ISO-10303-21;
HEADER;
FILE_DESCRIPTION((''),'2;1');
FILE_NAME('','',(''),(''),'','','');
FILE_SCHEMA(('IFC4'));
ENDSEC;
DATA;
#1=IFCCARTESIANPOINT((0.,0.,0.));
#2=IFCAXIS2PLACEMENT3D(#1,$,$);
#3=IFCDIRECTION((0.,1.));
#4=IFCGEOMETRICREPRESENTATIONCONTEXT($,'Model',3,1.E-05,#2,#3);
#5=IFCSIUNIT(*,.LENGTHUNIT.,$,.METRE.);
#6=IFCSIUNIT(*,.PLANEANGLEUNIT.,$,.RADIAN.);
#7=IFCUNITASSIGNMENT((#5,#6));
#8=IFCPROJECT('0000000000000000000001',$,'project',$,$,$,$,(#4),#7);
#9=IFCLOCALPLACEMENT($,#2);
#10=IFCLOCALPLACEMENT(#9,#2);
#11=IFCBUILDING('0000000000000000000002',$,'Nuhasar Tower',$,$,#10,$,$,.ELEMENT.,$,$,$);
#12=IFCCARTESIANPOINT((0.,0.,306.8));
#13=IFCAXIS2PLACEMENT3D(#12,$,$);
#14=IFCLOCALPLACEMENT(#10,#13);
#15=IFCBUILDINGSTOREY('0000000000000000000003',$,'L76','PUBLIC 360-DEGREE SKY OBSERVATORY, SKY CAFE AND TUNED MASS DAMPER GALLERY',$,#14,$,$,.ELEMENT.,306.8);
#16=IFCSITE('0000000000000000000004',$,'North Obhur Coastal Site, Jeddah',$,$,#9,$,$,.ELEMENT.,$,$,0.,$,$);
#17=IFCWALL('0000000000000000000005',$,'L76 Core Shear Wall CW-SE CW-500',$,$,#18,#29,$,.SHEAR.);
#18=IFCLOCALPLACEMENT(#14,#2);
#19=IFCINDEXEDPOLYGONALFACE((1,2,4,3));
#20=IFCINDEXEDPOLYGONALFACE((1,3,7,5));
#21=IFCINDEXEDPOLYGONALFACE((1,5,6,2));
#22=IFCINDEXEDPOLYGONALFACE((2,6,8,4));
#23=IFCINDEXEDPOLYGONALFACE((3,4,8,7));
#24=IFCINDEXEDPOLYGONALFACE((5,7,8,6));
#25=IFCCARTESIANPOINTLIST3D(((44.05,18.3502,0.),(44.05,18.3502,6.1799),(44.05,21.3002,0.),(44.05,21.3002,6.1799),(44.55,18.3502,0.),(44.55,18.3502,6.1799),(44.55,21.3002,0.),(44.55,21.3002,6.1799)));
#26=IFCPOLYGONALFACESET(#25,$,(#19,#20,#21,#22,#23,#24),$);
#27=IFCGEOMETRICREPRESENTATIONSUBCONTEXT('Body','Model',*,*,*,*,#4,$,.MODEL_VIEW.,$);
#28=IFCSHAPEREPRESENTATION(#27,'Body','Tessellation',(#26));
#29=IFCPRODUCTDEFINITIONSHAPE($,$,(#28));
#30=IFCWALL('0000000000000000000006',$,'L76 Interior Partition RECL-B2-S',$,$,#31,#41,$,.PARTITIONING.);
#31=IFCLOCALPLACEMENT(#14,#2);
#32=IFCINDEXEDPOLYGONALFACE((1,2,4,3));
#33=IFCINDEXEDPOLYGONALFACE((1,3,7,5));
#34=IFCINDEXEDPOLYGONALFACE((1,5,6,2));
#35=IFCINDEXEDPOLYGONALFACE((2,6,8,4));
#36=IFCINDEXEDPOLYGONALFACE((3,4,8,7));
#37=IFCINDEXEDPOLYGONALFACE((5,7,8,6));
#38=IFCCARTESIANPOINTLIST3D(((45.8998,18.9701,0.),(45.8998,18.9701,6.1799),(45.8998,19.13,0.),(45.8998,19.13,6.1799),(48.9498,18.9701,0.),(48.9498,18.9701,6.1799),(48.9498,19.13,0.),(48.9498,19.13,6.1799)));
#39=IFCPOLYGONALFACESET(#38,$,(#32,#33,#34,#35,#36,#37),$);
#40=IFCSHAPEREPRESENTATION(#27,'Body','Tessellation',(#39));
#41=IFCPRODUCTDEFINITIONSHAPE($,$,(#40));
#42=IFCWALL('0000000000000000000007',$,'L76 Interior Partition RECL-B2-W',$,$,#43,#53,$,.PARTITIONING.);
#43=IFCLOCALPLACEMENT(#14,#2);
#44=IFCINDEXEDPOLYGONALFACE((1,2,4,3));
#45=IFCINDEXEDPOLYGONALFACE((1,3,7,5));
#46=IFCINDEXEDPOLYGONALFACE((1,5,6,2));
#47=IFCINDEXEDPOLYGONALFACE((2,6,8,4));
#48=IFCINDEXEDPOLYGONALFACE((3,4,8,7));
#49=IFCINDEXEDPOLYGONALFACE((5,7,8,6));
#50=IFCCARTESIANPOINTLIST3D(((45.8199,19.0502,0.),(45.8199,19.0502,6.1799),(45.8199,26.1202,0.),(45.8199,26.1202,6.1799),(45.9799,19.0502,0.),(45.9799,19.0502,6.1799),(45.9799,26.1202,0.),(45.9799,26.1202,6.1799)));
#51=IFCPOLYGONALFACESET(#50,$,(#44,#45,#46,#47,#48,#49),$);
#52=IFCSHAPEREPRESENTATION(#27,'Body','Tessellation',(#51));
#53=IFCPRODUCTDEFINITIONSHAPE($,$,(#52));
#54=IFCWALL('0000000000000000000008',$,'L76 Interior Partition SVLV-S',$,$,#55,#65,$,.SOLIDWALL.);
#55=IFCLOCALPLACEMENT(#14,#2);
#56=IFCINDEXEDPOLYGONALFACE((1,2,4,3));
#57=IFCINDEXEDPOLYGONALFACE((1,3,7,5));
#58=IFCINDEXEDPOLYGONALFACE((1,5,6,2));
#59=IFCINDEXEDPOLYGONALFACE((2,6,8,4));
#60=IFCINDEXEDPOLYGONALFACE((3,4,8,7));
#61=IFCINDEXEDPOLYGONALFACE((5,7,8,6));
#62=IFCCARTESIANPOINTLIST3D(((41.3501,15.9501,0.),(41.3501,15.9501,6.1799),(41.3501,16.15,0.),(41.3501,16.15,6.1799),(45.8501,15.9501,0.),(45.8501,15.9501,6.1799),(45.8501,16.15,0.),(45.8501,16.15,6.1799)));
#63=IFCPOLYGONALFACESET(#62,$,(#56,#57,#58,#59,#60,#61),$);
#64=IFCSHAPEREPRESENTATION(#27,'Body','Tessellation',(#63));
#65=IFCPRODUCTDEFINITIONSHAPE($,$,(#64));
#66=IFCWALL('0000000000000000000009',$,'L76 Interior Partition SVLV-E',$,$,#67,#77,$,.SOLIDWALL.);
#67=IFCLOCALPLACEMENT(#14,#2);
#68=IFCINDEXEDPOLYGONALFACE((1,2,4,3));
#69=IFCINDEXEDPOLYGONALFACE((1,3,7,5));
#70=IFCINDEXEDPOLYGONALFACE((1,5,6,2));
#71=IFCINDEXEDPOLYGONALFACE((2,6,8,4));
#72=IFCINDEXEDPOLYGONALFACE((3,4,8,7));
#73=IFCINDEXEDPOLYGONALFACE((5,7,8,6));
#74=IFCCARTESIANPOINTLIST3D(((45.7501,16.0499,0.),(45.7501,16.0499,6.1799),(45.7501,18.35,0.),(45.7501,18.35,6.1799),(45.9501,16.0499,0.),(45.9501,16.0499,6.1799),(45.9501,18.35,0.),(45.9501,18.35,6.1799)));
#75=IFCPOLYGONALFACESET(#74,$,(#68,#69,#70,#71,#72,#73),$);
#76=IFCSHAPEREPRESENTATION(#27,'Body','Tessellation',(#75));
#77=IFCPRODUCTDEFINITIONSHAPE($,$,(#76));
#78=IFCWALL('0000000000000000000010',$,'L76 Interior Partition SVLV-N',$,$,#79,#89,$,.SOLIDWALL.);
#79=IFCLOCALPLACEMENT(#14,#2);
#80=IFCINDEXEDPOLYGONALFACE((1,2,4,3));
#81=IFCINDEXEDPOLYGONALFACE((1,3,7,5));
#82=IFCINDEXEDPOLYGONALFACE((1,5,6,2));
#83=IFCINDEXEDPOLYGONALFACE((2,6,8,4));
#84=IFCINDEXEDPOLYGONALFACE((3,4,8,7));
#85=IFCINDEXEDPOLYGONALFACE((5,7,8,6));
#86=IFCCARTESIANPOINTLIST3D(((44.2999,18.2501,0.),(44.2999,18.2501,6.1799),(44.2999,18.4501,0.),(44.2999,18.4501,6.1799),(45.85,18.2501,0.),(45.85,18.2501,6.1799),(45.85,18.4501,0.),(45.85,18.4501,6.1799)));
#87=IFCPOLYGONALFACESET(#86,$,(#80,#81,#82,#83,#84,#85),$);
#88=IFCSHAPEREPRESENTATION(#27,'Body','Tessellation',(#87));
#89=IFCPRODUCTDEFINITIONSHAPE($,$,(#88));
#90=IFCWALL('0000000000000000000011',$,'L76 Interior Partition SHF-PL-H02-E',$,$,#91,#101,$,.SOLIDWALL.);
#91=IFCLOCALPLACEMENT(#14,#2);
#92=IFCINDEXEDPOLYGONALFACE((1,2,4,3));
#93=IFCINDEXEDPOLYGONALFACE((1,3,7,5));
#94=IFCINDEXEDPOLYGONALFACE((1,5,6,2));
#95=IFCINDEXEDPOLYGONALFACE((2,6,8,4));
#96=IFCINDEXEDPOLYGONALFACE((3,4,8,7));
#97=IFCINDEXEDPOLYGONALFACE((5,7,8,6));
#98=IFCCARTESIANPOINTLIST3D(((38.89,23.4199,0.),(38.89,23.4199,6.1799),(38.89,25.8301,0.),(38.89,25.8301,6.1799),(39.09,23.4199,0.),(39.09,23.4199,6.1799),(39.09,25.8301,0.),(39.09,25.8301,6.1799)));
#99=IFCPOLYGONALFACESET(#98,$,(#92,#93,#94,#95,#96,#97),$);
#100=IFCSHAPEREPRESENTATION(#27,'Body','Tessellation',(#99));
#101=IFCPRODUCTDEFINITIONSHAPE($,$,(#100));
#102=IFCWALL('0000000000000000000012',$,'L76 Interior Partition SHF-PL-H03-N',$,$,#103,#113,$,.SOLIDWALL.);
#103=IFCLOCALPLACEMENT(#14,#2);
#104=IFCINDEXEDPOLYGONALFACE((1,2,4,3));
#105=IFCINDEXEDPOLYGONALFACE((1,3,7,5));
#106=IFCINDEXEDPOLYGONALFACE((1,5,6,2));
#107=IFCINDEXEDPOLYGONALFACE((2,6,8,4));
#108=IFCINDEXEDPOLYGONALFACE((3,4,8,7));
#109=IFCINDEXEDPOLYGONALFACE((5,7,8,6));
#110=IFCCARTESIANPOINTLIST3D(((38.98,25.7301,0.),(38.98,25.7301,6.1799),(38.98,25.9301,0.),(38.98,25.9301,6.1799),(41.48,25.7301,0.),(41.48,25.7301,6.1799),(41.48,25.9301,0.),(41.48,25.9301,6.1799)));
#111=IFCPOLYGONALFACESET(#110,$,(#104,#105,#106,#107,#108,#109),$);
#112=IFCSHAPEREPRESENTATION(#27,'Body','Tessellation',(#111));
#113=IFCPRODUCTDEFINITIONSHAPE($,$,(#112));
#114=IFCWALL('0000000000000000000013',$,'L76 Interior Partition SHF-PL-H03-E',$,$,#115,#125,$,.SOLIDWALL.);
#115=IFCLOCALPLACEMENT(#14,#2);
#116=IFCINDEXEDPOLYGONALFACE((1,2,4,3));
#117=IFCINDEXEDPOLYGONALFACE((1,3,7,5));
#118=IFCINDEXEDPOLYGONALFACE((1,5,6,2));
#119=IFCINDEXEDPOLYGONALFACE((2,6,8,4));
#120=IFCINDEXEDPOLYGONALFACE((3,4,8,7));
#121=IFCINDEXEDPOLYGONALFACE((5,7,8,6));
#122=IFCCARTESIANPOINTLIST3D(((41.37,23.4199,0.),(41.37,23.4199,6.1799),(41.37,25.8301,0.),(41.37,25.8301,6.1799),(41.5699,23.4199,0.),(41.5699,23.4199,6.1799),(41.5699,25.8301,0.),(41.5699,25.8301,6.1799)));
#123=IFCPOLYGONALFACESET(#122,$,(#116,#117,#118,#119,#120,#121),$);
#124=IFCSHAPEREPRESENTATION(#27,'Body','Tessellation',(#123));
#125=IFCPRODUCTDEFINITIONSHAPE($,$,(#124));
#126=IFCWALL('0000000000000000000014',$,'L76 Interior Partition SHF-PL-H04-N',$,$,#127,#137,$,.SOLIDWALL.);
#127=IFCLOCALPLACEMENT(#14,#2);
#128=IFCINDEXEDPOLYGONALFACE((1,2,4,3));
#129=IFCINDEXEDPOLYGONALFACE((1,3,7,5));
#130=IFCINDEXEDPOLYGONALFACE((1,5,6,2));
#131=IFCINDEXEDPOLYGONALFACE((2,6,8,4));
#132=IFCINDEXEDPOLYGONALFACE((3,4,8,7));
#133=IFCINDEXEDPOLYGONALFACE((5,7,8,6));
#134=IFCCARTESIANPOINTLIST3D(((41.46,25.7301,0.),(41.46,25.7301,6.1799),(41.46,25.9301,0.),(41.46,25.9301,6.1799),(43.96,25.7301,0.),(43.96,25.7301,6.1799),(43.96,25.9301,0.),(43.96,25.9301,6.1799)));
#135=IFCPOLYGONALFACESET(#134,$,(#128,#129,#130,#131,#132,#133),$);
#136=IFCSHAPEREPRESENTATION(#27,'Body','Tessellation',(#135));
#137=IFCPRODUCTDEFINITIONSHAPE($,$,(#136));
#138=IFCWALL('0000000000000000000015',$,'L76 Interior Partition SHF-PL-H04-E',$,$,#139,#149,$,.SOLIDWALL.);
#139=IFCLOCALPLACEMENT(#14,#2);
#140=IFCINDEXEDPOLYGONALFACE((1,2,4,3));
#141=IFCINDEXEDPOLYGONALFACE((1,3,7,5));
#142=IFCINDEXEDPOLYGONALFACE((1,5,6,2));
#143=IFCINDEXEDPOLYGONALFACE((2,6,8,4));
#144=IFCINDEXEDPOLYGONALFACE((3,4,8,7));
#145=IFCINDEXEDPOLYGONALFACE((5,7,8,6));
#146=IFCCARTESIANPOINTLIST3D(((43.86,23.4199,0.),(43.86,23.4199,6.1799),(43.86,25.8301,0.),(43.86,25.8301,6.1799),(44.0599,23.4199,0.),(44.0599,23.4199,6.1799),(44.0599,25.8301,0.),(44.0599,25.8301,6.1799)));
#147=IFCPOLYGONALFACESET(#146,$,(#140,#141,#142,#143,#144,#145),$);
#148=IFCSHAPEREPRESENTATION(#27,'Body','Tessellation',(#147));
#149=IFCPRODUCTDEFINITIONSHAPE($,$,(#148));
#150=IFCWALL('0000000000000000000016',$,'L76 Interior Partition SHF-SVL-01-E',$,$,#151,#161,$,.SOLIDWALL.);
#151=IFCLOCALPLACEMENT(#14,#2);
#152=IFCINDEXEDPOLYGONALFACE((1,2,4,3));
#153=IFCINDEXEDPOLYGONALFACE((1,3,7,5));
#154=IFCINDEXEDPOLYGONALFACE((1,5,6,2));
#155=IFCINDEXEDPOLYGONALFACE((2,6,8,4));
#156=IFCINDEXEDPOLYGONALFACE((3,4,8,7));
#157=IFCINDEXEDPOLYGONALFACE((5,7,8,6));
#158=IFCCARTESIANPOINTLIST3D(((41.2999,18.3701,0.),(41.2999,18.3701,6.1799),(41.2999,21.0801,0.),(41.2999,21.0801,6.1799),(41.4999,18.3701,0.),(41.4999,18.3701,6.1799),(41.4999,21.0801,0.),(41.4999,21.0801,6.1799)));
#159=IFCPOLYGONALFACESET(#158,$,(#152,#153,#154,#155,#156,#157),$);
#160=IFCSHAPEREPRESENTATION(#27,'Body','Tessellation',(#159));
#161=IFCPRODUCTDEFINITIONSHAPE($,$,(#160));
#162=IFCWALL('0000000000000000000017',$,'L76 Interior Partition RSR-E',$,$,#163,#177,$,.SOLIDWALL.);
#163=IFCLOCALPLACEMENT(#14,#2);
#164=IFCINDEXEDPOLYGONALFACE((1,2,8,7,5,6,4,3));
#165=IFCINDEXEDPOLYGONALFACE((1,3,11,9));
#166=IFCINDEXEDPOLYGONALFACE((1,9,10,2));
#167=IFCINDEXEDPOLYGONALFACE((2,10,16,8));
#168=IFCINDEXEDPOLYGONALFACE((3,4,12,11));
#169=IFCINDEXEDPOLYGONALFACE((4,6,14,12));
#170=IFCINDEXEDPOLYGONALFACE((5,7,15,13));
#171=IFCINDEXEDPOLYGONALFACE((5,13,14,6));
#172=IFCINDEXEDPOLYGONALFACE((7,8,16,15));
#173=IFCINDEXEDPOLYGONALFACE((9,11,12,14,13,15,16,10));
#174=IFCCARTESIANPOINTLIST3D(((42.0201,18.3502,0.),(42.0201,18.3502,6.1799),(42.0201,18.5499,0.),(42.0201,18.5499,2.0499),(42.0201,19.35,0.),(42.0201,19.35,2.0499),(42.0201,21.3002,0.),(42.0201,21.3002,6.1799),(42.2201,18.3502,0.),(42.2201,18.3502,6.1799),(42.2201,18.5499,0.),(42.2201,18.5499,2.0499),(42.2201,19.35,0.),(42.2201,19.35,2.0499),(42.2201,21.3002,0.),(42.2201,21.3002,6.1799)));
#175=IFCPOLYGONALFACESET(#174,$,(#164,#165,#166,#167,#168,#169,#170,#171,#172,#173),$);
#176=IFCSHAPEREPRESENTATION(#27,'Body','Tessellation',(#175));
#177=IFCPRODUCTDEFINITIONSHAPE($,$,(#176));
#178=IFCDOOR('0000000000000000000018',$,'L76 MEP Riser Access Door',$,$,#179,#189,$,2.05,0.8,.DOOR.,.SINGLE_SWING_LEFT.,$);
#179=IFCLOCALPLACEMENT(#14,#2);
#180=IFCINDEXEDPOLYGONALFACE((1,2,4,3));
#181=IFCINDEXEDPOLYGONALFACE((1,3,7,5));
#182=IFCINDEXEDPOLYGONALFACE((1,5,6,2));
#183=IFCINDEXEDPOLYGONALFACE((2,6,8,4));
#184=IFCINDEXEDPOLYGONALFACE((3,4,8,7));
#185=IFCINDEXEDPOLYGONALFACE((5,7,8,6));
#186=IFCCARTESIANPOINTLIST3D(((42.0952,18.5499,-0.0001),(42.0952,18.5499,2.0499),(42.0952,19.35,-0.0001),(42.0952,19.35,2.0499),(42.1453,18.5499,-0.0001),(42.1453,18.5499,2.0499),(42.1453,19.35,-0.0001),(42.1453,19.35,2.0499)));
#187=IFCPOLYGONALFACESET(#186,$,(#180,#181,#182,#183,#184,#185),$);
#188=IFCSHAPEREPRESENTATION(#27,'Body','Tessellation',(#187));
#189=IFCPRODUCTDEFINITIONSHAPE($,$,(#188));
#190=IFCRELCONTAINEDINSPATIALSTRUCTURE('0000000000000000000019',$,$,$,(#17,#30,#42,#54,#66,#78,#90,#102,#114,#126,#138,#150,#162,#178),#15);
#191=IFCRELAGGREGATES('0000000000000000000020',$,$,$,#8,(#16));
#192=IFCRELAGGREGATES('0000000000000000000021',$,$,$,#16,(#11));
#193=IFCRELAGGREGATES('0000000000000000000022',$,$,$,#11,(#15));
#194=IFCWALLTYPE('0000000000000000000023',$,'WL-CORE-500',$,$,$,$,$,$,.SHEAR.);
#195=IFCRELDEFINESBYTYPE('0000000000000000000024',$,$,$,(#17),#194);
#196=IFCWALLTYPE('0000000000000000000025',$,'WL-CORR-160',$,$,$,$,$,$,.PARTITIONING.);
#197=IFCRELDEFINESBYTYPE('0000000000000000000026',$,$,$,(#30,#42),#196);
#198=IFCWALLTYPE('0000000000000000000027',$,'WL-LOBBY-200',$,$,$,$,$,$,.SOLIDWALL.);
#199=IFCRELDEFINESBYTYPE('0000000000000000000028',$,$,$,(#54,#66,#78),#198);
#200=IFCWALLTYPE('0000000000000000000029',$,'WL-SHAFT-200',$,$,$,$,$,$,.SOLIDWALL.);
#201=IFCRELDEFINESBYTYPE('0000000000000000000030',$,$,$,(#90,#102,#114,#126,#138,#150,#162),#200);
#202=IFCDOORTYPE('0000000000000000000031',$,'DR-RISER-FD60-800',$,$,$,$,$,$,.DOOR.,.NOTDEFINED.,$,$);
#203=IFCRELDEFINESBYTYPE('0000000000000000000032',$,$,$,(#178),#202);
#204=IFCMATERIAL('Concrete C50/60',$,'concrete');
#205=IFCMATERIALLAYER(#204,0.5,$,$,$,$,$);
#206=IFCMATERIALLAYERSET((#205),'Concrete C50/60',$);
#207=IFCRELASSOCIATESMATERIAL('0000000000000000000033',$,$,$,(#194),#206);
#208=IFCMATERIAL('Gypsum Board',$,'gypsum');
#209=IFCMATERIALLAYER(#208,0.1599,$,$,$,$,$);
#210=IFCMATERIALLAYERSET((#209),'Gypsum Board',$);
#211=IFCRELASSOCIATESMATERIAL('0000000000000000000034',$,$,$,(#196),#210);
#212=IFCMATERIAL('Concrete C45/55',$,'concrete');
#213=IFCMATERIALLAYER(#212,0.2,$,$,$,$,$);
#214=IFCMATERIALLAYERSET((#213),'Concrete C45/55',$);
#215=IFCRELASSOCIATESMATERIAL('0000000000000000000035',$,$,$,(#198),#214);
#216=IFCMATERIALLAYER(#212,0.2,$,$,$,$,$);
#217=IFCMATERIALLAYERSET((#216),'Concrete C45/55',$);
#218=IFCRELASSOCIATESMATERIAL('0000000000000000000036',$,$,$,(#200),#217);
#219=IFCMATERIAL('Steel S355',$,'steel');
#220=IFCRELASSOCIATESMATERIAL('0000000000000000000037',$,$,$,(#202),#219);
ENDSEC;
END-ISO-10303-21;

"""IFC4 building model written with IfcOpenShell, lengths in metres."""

from ifc_helpers import new_model, si_unit, direction, frame, frame_2d, origin, place, context, subcontext, project, spatial, rectangle, extrude, material, layer, layer_set, type_object, element, fill, save


model = new_model("IFC4")

# Units and contexts
model_context = context("Model", 3, precision=1e-05, world=origin(), true_north=direction((0.0, 1.0)))
body_context = subcontext(model_context, "Body", "Model", "MODEL_VIEW")
ifc_project = project(units=[si_unit("LENGTHUNIT", "METRE"), si_unit("PLANEANGLEUNIT", "RADIAN")], contexts=[model_context])

# Site, building, storey
site_placement = place(None, origin())
site = spatial("IfcSite", under=ifc_project, at=site_placement, Name="North Obhur Coastal Site, Jeddah", CompositionType="ELEMENT", RefElevation=0.0)
building_placement = place(site_placement, origin())
building = spatial("IfcBuilding", under=site, at=building_placement, Name="Nuhasar Tower", CompositionType="ELEMENT")
storey_placement = place(building_placement, frame((0.0, 0.0, 306.8)))
storey = spatial("IfcBuildingStorey", under=building, at=storey_placement, Name="L76", Description="PUBLIC 360-DEGREE SKY OBSERVATORY, SKY CAFE AND TUNED MASS DAMPER GALLERY", CompositionType="ELEMENT", Elevation=306.8)

# Shared definitions
ifc_material_1 = material(Name="Concrete C50/60", Category="concrete")

# Shared definitions
ifc_material_2 = material(Name="Steel S355", Category="steel")

# Walls
ifc_layer_1 = layer(ifc_material_1, 0.5)
ifc_layer_set_1 = layer_set([ifc_layer_1], Name="Concrete C50/60")
wall_type_1 = type_object("IfcWallType", Name="WL-CORE-500", PredefinedType="SHEAR", material=ifc_layer_set_1)
wall_1_placement = place(storey_placement, frame((44.3, 18.3501, 0.0), z_axis=(0.0, 0.0, 1.0), x_axis=(0.0, 1.0, 0.0)))
element("IfcWall", 1, at=wall_1_placement, inside=storey, type_object=wall_type_1, Name="L76 Core Shear Wall CW-SE CW-500", PredefinedType="SHEAR", context=body_context, shape_type="SweptSolid", body=[
    extrude(rectangle(XDim=2.95, YDim=0.5, at=frame_2d((1.4751, 0.0))), origin(), (0.0, 0.0, 1.0), 6.1799),
])
ifc_material_3 = material(Name="Gypsum Board", Category="gypsum")
ifc_layer_2 = layer(ifc_material_3, 0.1599)
ifc_layer_set_2 = layer_set([ifc_layer_2], Name="Gypsum Board")
wall_type_2 = type_object("IfcWallType", Name="WL-CORR-160", PredefinedType="PARTITIONING", material=ifc_layer_set_2)
wall_2_placement = place(storey_placement, frame((45.8999, 19.05, 0.0), z_axis=(0.0, 0.0, 1.0), x_axis=(1.0, 0.0, 0.0)))
element("IfcWall", 2, at=wall_2_placement, inside=storey, type_object=wall_type_2, Name="L76 Interior Partition RECL-B2-S", PredefinedType="PARTITIONING", context=body_context, shape_type="SweptSolid", body=[
    extrude(rectangle(XDim=3.05, YDim=0.1599, at=frame_2d((1.5249, 0.0))), origin(), (0.0, 0.0, 1.0), 6.1799),
])
wall_3_placement = place(storey_placement, frame((45.8999, 19.05, 0.0), z_axis=(0.0, 0.0, 1.0), x_axis=(0.0, 1.0, 0.0)))
element("IfcWall", 3, at=wall_3_placement, inside=storey, type_object=wall_type_2, Name="L76 Interior Partition RECL-B2-W", PredefinedType="PARTITIONING", context=body_context, shape_type="SweptSolid", body=[
    extrude(rectangle(XDim=7.0701, YDim=0.1599, at=frame_2d((3.5352, 0.0))), origin(), (0.0, 0.0, 1.0), 6.1799),
])

# Shared definitions
ifc_material_4 = material(Name="Concrete C45/55", Category="concrete")
ifc_layer_3 = layer(ifc_material_4, 0.2)
ifc_layer_set_3 = layer_set([ifc_layer_3], Name="Concrete C45/55")
wall_type_3 = type_object("IfcWallType", Name="WL-LOBBY-200", PredefinedType="SOLIDWALL", material=ifc_layer_set_3)

# Walls
wall_4_placement = place(storey_placement, frame((41.3501, 16.05, 0.0), z_axis=(0.0, 0.0, 1.0), x_axis=(1.0, 0.0, 0.0)))
element("IfcWall", 4, at=wall_4_placement, inside=storey, type_object=wall_type_3, Name="L76 Interior Partition SVLV-S", PredefinedType="SOLIDWALL", context=body_context, shape_type="SweptSolid", body=[
    extrude(rectangle(XDim=4.5, YDim=0.2, at=frame_2d((2.25, 0.0))), origin(), (0.0, 0.0, 1.0), 6.1799),
])
wall_5_placement = place(storey_placement, frame((45.8501, 16.05, 0.0), z_axis=(0.0, 0.0, 1.0), x_axis=(0.0, 1.0, 0.0)))
element("IfcWall", 5, at=wall_5_placement, inside=storey, type_object=wall_type_3, Name="L76 Interior Partition SVLV-E", PredefinedType="SOLIDWALL", context=body_context, shape_type="SweptSolid", body=[
    extrude(rectangle(XDim=2.3, YDim=0.2, at=frame_2d((1.1499, 0.0))), origin(), (0.0, 0.0, 1.0), 6.1799),
])
wall_6_placement = place(storey_placement, frame((44.3, 18.3501, 0.0), z_axis=(0.0, 0.0, 1.0), x_axis=(1.0, 0.0, 0.0)))
element("IfcWall", 6, at=wall_6_placement, inside=storey, type_object=wall_type_3, Name="L76 Interior Partition SVLV-N", PredefinedType="SOLIDWALL", context=body_context, shape_type="SweptSolid", body=[
    extrude(rectangle(XDim=1.55, YDim=0.2, at=frame_2d((0.7749, 0.0))), origin(), (0.0, 0.0, 1.0), 6.1799),
])
ifc_layer_4 = layer(ifc_material_4, 0.2)
ifc_layer_set_4 = layer_set([ifc_layer_4], Name="Concrete C45/55")
wall_type_4 = type_object("IfcWallType", Name="WL-SHAFT-200", PredefinedType="SOLIDWALL", material=ifc_layer_set_4)
wall_7_placement = place(storey_placement, frame((38.99, 23.4199, 0.0), z_axis=(0.0, 0.0, 1.0), x_axis=(0.0, 1.0, 0.0)))
element("IfcWall", 7, at=wall_7_placement, inside=storey, type_object=wall_type_4, Name="L76 Interior Partition SHF-PL-H02-E", PredefinedType="SOLIDWALL", context=body_context, shape_type="SweptSolid", body=[
    extrude(rectangle(XDim=2.4102, YDim=0.2, at=frame_2d((1.2051, 0.0))), origin(), (0.0, 0.0, 1.0), 6.1799),
])

# Walls
wall_8_placement = place(storey_placement, frame((38.98, 25.8301, 0.0), z_axis=(0.0, 0.0, 1.0), x_axis=(1.0, 0.0, 0.0)))
element("IfcWall", 8, at=wall_8_placement, inside=storey, type_object=wall_type_4, Name="L76 Interior Partition SHF-PL-H03-N", PredefinedType="SOLIDWALL", context=body_context, shape_type="SweptSolid", body=[
    extrude(rectangle(XDim=2.5, YDim=0.2, at=frame_2d((1.25, 0.0))), origin(), (0.0, 0.0, 1.0), 6.1799),
])
wall_9_placement = place(storey_placement, frame((41.47, 23.4199, 0.0), z_axis=(0.0, 0.0, 1.0), x_axis=(0.0, 1.0, 0.0)))
element("IfcWall", 9, at=wall_9_placement, inside=storey, type_object=wall_type_4, Name="L76 Interior Partition SHF-PL-H03-E", PredefinedType="SOLIDWALL", context=body_context, shape_type="SweptSolid", body=[
    extrude(rectangle(XDim=2.4102, YDim=0.2, at=frame_2d((1.2051, 0.0))), origin(), (0.0, 0.0, 1.0), 6.1799),
])

# Walls
wall_10_placement = place(storey_placement, frame((41.46, 25.8301, 0.0), z_axis=(0.0, 0.0, 1.0), x_axis=(1.0, 0.0, 0.0)))
element("IfcWall", 10, at=wall_10_placement, inside=storey, type_object=wall_type_4, Name="L76 Interior Partition SHF-PL-H04-N", PredefinedType="SOLIDWALL", context=body_context, shape_type="SweptSolid", body=[
    extrude(rectangle(XDim=2.5, YDim=0.2, at=frame_2d((1.25, 0.0))), origin(), (0.0, 0.0, 1.0), 6.1799),
])
wall_11_placement = place(storey_placement, frame((43.96, 23.4199, 0.0), z_axis=(0.0, 0.0, 1.0), x_axis=(0.0, 1.0, 0.0)))
element("IfcWall", 11, at=wall_11_placement, inside=storey, type_object=wall_type_4, Name="L76 Interior Partition SHF-PL-H04-E", PredefinedType="SOLIDWALL", context=body_context, shape_type="SweptSolid", body=[
    extrude(rectangle(XDim=2.4102, YDim=0.2, at=frame_2d((1.2051, 0.0))), origin(), (0.0, 0.0, 1.0), 6.1799),
])
wall_12_placement = place(storey_placement, frame((41.3999, 18.3701, 0.0), z_axis=(0.0, 0.0, 1.0), x_axis=(0.0, 1.0, 0.0)))
element("IfcWall", 12, at=wall_12_placement, inside=storey, type_object=wall_type_4, Name="L76 Interior Partition SHF-SVL-01-E", PredefinedType="SOLIDWALL", context=body_context, shape_type="SweptSolid", body=[
    extrude(rectangle(XDim=2.71, YDim=0.2, at=frame_2d((1.355, 0.0))), origin(), (0.0, 0.0, 1.0), 6.1799),
])

# Wall, opening, door
wall_13_placement = place(storey_placement, frame((42.1201, 18.3501, 0.0), z_axis=(0.0, 0.0, 1.0), x_axis=(0.0, 1.0, 0.0)))
wall_13 = element("IfcWall", 13, at=wall_13_placement, inside=storey, type_object=wall_type_4, Name="L76 Interior Partition RSR-E", PredefinedType="SOLIDWALL", context=body_context, shape_type="SweptSolid", body=[
    extrude(rectangle(XDim=2.95, YDim=0.2, at=frame_2d((1.4751, 0.0))), origin(), (0.0, 0.0, 1.0), 6.1799),
])
opening_1_placement = place(wall_13_placement, frame((0.2, 0.0, 0.0)))
opening_1 = element("IfcOpeningElement", 14, at=opening_1_placement, cuts=wall_13, PredefinedType="OPENING", context=body_context, shape_type="SweptSolid", body=[
    extrude(rectangle(XDim=0.8, YDim=2.05, at=frame_2d((0.3999, 1.0249))), frame((0.0, 0.1099, 0.0), z_axis=(0.0, -1.0, 0.0), x_axis=(1.0, 0.0, 0.0)), (0.0, 0.0, 1.0), 0.22),
])
door_type_1 = type_object("IfcDoorType", Name="DR-RISER-FD60-800", OperationType="NOTDEFINED", PredefinedType="DOOR", material=ifc_material_2)
door_1_placement = place(opening_1_placement, origin())
door_1 = element("IfcDoor", 15, at=door_1_placement, inside=storey, type_object=door_type_1, Name="L76 MEP Riser Access Door", OperationType="SINGLE_SWING_LEFT", OverallHeight=2.05, OverallWidth=0.8, PredefinedType="DOOR", context=body_context, shape_type="SweptSolid", body=[
    extrude(rectangle(XDim=0.8, YDim=2.05, at=frame_2d((0.3999, 1.0249))), frame((0.0, 0.0249, 0.0), z_axis=(0.0, -1.0, 0.0), x_axis=(1.0, 0.0, 0.0)), (0.0, 0.0, 1.0), 0.05),
])
fill(opening_1, door_1)

save(model, "model.ifc")
